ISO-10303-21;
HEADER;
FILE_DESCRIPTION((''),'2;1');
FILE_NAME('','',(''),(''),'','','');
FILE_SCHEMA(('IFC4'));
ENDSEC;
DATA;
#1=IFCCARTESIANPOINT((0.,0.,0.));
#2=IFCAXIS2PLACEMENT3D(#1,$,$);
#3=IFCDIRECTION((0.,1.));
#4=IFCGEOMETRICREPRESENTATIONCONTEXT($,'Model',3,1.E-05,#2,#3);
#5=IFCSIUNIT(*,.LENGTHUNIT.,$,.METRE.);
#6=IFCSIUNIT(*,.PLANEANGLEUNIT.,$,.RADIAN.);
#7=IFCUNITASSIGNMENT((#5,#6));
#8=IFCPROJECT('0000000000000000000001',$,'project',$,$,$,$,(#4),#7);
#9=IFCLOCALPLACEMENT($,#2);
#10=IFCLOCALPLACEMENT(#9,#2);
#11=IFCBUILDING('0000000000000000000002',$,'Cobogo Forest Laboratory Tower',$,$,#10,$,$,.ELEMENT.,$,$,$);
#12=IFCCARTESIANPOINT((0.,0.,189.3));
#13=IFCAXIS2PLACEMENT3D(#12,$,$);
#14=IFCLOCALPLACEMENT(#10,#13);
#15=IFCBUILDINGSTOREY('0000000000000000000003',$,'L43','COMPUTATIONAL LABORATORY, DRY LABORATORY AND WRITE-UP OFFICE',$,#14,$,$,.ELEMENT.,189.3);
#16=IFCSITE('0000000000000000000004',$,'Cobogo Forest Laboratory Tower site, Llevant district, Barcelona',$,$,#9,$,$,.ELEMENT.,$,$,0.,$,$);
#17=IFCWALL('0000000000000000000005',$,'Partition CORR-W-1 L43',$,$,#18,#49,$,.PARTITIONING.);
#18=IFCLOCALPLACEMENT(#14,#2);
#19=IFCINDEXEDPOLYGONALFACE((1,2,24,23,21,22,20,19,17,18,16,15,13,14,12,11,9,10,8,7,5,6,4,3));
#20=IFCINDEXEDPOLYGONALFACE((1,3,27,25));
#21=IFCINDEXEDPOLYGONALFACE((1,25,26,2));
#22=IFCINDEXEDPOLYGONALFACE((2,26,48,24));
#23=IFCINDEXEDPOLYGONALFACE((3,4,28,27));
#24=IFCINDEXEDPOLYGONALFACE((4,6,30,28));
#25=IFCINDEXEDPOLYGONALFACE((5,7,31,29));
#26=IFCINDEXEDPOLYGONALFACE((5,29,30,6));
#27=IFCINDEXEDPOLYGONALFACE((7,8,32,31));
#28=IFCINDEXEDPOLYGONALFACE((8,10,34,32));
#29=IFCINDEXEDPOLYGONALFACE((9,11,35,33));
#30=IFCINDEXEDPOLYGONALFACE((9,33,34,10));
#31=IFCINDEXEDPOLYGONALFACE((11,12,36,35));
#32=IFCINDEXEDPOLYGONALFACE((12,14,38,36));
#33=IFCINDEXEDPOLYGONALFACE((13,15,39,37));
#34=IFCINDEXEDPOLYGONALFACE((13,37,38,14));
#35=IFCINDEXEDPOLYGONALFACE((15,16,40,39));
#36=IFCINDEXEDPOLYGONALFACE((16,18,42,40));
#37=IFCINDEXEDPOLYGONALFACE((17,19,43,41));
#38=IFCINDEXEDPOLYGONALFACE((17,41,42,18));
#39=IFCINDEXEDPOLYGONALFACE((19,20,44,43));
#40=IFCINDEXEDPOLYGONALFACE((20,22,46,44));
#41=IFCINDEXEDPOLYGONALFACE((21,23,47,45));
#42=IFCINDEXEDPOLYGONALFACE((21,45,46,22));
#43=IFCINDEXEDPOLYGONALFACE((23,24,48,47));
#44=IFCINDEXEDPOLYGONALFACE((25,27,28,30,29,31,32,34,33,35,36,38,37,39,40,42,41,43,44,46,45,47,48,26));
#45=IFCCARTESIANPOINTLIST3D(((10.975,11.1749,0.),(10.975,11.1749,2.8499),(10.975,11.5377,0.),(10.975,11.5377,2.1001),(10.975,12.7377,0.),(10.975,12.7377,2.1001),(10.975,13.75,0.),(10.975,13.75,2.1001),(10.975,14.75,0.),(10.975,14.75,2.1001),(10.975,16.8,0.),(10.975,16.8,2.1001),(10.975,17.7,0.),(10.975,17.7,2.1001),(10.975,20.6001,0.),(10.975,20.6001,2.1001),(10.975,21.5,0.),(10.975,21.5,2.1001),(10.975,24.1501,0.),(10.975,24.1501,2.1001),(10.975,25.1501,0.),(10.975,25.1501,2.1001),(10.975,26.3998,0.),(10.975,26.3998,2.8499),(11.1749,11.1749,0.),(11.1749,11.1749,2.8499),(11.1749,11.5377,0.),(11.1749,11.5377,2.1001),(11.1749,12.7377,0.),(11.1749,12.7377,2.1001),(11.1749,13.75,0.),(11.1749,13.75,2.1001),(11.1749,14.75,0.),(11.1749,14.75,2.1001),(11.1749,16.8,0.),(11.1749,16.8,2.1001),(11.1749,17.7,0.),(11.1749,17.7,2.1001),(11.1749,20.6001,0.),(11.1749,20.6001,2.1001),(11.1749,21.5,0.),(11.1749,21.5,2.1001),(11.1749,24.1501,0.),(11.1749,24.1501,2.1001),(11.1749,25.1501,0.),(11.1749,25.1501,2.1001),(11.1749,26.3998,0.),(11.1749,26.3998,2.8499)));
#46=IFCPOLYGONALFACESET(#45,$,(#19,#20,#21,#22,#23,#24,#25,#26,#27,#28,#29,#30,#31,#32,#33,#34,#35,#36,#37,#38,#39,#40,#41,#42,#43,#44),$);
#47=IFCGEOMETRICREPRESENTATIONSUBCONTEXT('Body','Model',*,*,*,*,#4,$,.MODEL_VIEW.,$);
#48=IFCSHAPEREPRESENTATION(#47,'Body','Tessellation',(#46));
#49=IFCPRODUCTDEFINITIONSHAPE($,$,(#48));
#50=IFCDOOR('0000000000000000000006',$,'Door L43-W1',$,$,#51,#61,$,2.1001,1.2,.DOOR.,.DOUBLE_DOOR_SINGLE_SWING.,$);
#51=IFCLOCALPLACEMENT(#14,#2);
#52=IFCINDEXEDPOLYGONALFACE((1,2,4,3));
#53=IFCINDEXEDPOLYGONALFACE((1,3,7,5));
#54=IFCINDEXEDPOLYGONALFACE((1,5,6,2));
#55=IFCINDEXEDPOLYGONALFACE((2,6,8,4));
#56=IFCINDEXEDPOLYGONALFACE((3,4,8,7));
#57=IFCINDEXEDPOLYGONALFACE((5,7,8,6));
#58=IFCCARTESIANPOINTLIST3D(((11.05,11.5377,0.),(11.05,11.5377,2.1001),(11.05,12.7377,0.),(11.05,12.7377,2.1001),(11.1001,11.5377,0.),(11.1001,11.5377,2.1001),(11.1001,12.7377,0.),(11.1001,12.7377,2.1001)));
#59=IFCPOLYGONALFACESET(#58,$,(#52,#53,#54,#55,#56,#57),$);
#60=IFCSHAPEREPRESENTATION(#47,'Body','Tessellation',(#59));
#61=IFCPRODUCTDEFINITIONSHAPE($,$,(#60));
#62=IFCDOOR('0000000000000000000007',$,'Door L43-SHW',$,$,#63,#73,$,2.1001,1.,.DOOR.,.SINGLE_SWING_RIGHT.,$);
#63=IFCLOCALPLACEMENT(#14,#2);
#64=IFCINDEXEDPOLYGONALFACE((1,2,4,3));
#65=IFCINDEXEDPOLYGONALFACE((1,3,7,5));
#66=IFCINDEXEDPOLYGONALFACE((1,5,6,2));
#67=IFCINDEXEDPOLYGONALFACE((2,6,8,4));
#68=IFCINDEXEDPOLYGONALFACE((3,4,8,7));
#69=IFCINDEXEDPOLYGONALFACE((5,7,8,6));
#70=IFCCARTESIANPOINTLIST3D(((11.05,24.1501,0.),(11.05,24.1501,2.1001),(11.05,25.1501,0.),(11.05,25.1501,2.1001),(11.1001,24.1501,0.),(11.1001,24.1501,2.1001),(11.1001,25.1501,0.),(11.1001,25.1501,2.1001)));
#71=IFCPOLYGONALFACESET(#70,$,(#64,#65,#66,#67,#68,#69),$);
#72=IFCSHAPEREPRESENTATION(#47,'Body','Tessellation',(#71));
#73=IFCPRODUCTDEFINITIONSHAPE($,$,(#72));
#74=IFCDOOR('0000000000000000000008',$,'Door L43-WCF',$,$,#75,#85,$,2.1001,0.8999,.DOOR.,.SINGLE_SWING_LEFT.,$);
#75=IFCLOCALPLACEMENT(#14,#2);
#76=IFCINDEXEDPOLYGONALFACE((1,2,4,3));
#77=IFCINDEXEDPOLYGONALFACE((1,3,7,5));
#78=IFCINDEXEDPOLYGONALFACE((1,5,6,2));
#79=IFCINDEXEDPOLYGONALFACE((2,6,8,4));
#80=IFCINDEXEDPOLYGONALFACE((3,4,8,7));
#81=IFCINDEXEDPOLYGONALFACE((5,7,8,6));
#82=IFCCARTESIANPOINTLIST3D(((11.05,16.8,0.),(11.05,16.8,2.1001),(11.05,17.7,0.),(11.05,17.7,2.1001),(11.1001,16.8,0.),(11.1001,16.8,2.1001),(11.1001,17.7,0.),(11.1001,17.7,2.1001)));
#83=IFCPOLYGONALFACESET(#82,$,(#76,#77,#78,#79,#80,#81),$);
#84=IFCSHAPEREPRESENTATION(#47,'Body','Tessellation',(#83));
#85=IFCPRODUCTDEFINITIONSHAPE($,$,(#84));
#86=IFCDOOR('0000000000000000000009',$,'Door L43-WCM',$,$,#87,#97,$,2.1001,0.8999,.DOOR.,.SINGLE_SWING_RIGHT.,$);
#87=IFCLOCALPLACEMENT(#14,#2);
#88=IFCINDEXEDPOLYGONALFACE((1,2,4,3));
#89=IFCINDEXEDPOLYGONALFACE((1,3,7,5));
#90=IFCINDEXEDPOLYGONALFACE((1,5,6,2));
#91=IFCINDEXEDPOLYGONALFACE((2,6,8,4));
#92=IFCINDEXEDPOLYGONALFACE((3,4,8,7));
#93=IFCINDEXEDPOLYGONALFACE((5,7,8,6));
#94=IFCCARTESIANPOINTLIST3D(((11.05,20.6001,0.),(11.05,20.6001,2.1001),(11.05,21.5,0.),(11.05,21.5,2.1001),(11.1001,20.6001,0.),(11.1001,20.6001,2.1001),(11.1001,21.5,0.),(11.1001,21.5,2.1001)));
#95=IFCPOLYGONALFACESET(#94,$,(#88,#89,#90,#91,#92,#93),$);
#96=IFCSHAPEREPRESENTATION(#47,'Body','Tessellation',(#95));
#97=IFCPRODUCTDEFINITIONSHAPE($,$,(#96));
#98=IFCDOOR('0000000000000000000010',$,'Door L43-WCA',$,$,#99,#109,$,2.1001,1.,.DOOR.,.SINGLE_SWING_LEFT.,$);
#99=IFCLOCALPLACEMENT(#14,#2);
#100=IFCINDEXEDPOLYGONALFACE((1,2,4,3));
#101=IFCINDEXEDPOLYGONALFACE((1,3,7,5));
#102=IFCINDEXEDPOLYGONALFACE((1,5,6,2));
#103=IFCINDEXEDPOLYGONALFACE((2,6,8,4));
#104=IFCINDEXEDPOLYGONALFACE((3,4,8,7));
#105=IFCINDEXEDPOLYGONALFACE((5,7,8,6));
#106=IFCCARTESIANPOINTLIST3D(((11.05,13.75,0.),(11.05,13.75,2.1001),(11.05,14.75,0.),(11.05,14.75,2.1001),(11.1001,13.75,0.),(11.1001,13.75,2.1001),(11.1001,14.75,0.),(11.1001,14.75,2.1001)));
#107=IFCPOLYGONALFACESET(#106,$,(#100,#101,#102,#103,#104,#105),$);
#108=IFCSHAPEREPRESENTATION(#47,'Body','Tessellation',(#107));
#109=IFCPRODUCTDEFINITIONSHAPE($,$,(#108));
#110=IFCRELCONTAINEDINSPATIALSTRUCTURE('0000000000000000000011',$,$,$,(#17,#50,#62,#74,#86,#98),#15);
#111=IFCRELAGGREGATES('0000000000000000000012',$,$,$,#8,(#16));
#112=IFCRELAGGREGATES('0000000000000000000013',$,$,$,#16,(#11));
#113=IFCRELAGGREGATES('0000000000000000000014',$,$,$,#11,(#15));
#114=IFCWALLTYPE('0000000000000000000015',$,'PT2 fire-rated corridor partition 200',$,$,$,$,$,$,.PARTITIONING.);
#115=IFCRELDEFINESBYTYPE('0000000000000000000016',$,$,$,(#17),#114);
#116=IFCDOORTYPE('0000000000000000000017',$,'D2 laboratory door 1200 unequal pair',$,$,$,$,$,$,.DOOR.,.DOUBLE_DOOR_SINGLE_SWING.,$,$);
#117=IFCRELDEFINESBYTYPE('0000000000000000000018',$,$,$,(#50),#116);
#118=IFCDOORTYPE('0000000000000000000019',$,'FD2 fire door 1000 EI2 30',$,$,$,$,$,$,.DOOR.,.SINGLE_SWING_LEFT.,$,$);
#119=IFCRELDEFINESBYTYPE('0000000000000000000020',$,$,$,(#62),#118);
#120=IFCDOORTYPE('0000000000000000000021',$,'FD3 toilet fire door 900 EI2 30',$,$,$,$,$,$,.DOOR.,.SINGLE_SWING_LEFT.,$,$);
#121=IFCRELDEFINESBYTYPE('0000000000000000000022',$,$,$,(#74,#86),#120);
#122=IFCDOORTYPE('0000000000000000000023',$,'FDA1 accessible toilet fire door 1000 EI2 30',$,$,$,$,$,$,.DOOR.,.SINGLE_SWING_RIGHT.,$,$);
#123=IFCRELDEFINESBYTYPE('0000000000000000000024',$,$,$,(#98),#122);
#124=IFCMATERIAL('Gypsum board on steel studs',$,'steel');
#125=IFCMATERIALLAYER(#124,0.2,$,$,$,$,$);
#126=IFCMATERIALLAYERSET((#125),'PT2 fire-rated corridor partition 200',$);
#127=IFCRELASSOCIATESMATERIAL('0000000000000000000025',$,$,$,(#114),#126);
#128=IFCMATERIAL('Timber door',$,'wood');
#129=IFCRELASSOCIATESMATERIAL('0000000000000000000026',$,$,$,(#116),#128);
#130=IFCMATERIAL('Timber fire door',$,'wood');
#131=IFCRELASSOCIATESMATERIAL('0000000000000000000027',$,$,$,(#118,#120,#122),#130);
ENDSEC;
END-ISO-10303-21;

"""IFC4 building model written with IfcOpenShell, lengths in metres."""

from ifc_helpers import new_model, si_unit, direction, frame, frame_2d, origin, place, context, subcontext, project, spatial, rectangle, extrude, material, layer, layer_set, type_object, element, fill, save


model = new_model("IFC4")

# Units and contexts
model_context = context("Model", 3, precision=1e-05, world=origin(), true_north=direction((0.0, 1.0)))
body_context = subcontext(model_context, "Body", "Model", "MODEL_VIEW")
ifc_project = project(units=[si_unit("LENGTHUNIT", "METRE"), si_unit("PLANEANGLEUNIT", "RADIAN")], contexts=[model_context])

# Site, building, storey
site_placement = place(None, origin())
site = spatial("IfcSite", under=ifc_project, at=site_placement, Name="Cobogo Forest Laboratory Tower site, Llevant district, Barcelona", CompositionType="ELEMENT", RefElevation=0.0)
building_placement = place(site_placement, origin())
building = spatial("IfcBuilding", under=site, at=building_placement, Name="Cobogo Forest Laboratory Tower", CompositionType="ELEMENT")
storey_placement = place(building_placement, frame((0.0, 0.0, 189.3)))
storey = spatial("IfcBuildingStorey", under=building, at=storey_placement, Name="L43", Description="COMPUTATIONAL LABORATORY, DRY LABORATORY AND WRITE-UP OFFICE", CompositionType="ELEMENT", Elevation=189.3)

# Shared definitions
ifc_material_1 = material(Name="Gypsum board on steel studs", Category="steel")

# Wall, openings, doors
ifc_layer_1 = layer(ifc_material_1, 0.2)
ifc_layer_set_1 = layer_set([ifc_layer_1], Name="PT2 fire-rated corridor partition 200")
wall_type_1 = type_object("IfcWallType", Name="PT2 fire-rated corridor partition 200", PredefinedType="PARTITIONING", material=ifc_layer_set_1)
ifc_material_2 = material(Name="Timber door", Category="wood")
door_type_1 = type_object("IfcDoorType", Name="D2 laboratory door 1200 unequal pair", OperationType="DOUBLE_DOOR_SINGLE_SWING", PredefinedType="DOOR", material=ifc_material_2)
wall_1_placement = place(storey_placement, frame((11.075, 11.175, 0.0), z_axis=(0.0, 0.0, 1.0), x_axis=(0.0, 1.0, 0.0)))
wall_1 = element("IfcWall", 1, at=wall_1_placement, inside=storey, type_object=wall_type_1, Name="Partition CORR-W-1 L43", PredefinedType="PARTITIONING", context=body_context, shape_type="SweptSolid", body=[
    extrude(rectangle(XDim=15.2249, YDim=0.2, at=frame_2d((7.6123, 0.0))), origin(), (0.0, 0.0, 1.0), 2.8499),
])
opening_1_placement = place(wall_1_placement, frame((0.3625, 0.0, 0.0)))
opening_1 = element("IfcOpeningElement", 2, at=opening_1_placement, cuts=wall_1, PredefinedType="OPENING", context=body_context, shape_type="SweptSolid", body=[
    extrude(rectangle(XDim=1.2, YDim=2.1001, at=frame_2d((0.6001, 1.05))), frame((0.0, 0.1099, 0.0), z_axis=(0.0, -1.0, 0.0), x_axis=(1.0, 0.0, 0.0)), (0.0, 0.0, 1.0), 0.22),
])
opening_2_placement = place(wall_1_placement, frame((2.575, 0.0, 0.0)))
opening_2 = element("IfcOpeningElement", 3, at=opening_2_placement, cuts=wall_1, PredefinedType="OPENING", context=body_context, shape_type="SweptSolid", body=[
    extrude(rectangle(XDim=1.0, YDim=2.1001, at=frame_2d((0.5, 1.05))), frame((0.0, 0.1099, 0.0), z_axis=(0.0, -1.0, 0.0), x_axis=(1.0, 0.0, 0.0)), (0.0, 0.0, 1.0), 0.22),
])
opening_3_placement = place(wall_1_placement, frame((5.625, 0.0, 0.0)))
opening_3 = element("IfcOpeningElement", 4, at=opening_3_placement, cuts=wall_1, PredefinedType="OPENING", context=body_context, shape_type="SweptSolid", body=[
    extrude(rectangle(XDim=0.8999, YDim=2.1001, at=frame_2d((0.45, 1.05))), frame((0.0, 0.1099, 0.0), z_axis=(0.0, -1.0, 0.0), x_axis=(1.0, 0.0, 0.0)), (0.0, 0.0, 1.0), 0.22),
])
opening_4_placement = place(wall_1_placement, frame((9.425, 0.0, 0.0)))
opening_4 = element("IfcOpeningElement", 5, at=opening_4_placement, cuts=wall_1, PredefinedType="OPENING", context=body_context, shape_type="SweptSolid", body=[
    extrude(rectangle(XDim=0.8999, YDim=2.1001, at=frame_2d((0.45, 1.05))), frame((0.0, 0.1099, 0.0), z_axis=(0.0, -1.0, 0.0), x_axis=(1.0, 0.0, 0.0)), (0.0, 0.0, 1.0), 0.22),
])
opening_5_placement = place(wall_1_placement, frame((12.9751, 0.0, 0.0)))
opening_5 = element("IfcOpeningElement", 6, at=opening_5_placement, cuts=wall_1, PredefinedType="OPENING", context=body_context, shape_type="SweptSolid", body=[
    extrude(rectangle(XDim=1.0, YDim=2.1001, at=frame_2d((0.5, 1.05))), frame((0.0, 0.1099, 0.0), z_axis=(0.0, -1.0, 0.0), x_axis=(1.0, 0.0, 0.0)), (0.0, 0.0, 1.0), 0.22),
])
door_1_placement = place(opening_1_placement, origin())
door_1 = element("IfcDoor", 7, at=door_1_placement, inside=storey, type_object=door_type_1, Name="Door L43-W1", OperationType="DOUBLE_DOOR_SINGLE_SWING", OverallHeight=2.1001, OverallWidth=1.2, PredefinedType="DOOR", context=body_context, shape_type="SweptSolid", body=[
    extrude(rectangle(XDim=1.2, YDim=2.1001, at=frame_2d((0.6001, 1.05))), frame((0.0, 0.0249, 0.0), z_axis=(0.0, -1.0, 0.0), x_axis=(1.0, 0.0, 0.0)), (0.0, 0.0, 1.0), 0.05),
])
fill(opening_1, door_1)
ifc_material_3 = material(Name="Timber fire door", Category="wood")
door_type_2 = type_object("IfcDoorType", Name="FD2 fire door 1000 EI2 30", OperationType="SINGLE_SWING_LEFT", PredefinedType="DOOR", material=ifc_material_3)
door_2_placement = place(opening_5_placement, origin())
door_2 = element("IfcDoor", 8, at=door_2_placement, inside=storey, type_object=door_type_2, Name="Door L43-SHW", OperationType="SINGLE_SWING_RIGHT", OverallHeight=2.1001, OverallWidth=1.0, PredefinedType="DOOR", context=body_context, shape_type="SweptSolid", body=[
    extrude(rectangle(XDim=1.0, YDim=2.1001, at=frame_2d((0.5, 1.05))), frame((0.0, 0.0249, 0.0), z_axis=(0.0, -1.0, 0.0), x_axis=(1.0, 0.0, 0.0)), (0.0, 0.0, 1.0), 0.05),
])
fill(opening_5, door_2)
door_type_3 = type_object("IfcDoorType", Name="FD3 toilet fire door 900 EI2 30", OperationType="SINGLE_SWING_LEFT", PredefinedType="DOOR", material=ifc_material_3)
door_3_placement = place(opening_3_placement, origin())
door_3 = element("IfcDoor", 9, at=door_3_placement, inside=storey, type_object=door_type_3, Name="Door L43-WCF", OperationType="SINGLE_SWING_LEFT", OverallHeight=2.1001, OverallWidth=0.8999, PredefinedType="DOOR", context=body_context, shape_type="SweptSolid", body=[
    extrude(rectangle(XDim=0.8999, YDim=2.1001, at=frame_2d((0.45, 1.05))), frame((0.0, 0.0249, 0.0), z_axis=(0.0, -1.0, 0.0), x_axis=(1.0, 0.0, 0.0)), (0.0, 0.0, 1.0), 0.05),
])
fill(opening_3, door_3)
door_4_placement = place(opening_4_placement, origin())
door_4 = element("IfcDoor", 10, at=door_4_placement, inside=storey, type_object=door_type_3, Name="Door L43-WCM", OperationType="SINGLE_SWING_RIGHT", OverallHeight=2.1001, OverallWidth=0.8999, PredefinedType="DOOR", context=body_context, shape_type="SweptSolid", body=[
    extrude(rectangle(XDim=0.8999, YDim=2.1001, at=frame_2d((0.45, 1.05))), frame((0.0, 0.0249, 0.0), z_axis=(0.0, -1.0, 0.0), x_axis=(1.0, 0.0, 0.0)), (0.0, 0.0, 1.0), 0.05),
])
fill(opening_4, door_4)
door_type_4 = type_object("IfcDoorType", Name="FDA1 accessible toilet fire door 1000 EI2 30", OperationType="SINGLE_SWING_RIGHT", PredefinedType="DOOR", material=ifc_material_3)
door_5_placement = place(opening_2_placement, origin())
door_5 = element("IfcDoor", 11, at=door_5_placement, inside=storey, type_object=door_type_4, Name="Door L43-WCA", OperationType="SINGLE_SWING_LEFT", OverallHeight=2.1001, OverallWidth=1.0, PredefinedType="DOOR", context=body_context, shape_type="SweptSolid", body=[
    extrude(rectangle(XDim=1.0, YDim=2.1001, at=frame_2d((0.5, 1.05))), frame((0.0, 0.0249, 0.0), z_axis=(0.0, -1.0, 0.0), x_axis=(1.0, 0.0, 0.0)), (0.0, 0.0, 1.0), 0.05),
])
fill(opening_2, door_5)

save(model, "model.ifc")
